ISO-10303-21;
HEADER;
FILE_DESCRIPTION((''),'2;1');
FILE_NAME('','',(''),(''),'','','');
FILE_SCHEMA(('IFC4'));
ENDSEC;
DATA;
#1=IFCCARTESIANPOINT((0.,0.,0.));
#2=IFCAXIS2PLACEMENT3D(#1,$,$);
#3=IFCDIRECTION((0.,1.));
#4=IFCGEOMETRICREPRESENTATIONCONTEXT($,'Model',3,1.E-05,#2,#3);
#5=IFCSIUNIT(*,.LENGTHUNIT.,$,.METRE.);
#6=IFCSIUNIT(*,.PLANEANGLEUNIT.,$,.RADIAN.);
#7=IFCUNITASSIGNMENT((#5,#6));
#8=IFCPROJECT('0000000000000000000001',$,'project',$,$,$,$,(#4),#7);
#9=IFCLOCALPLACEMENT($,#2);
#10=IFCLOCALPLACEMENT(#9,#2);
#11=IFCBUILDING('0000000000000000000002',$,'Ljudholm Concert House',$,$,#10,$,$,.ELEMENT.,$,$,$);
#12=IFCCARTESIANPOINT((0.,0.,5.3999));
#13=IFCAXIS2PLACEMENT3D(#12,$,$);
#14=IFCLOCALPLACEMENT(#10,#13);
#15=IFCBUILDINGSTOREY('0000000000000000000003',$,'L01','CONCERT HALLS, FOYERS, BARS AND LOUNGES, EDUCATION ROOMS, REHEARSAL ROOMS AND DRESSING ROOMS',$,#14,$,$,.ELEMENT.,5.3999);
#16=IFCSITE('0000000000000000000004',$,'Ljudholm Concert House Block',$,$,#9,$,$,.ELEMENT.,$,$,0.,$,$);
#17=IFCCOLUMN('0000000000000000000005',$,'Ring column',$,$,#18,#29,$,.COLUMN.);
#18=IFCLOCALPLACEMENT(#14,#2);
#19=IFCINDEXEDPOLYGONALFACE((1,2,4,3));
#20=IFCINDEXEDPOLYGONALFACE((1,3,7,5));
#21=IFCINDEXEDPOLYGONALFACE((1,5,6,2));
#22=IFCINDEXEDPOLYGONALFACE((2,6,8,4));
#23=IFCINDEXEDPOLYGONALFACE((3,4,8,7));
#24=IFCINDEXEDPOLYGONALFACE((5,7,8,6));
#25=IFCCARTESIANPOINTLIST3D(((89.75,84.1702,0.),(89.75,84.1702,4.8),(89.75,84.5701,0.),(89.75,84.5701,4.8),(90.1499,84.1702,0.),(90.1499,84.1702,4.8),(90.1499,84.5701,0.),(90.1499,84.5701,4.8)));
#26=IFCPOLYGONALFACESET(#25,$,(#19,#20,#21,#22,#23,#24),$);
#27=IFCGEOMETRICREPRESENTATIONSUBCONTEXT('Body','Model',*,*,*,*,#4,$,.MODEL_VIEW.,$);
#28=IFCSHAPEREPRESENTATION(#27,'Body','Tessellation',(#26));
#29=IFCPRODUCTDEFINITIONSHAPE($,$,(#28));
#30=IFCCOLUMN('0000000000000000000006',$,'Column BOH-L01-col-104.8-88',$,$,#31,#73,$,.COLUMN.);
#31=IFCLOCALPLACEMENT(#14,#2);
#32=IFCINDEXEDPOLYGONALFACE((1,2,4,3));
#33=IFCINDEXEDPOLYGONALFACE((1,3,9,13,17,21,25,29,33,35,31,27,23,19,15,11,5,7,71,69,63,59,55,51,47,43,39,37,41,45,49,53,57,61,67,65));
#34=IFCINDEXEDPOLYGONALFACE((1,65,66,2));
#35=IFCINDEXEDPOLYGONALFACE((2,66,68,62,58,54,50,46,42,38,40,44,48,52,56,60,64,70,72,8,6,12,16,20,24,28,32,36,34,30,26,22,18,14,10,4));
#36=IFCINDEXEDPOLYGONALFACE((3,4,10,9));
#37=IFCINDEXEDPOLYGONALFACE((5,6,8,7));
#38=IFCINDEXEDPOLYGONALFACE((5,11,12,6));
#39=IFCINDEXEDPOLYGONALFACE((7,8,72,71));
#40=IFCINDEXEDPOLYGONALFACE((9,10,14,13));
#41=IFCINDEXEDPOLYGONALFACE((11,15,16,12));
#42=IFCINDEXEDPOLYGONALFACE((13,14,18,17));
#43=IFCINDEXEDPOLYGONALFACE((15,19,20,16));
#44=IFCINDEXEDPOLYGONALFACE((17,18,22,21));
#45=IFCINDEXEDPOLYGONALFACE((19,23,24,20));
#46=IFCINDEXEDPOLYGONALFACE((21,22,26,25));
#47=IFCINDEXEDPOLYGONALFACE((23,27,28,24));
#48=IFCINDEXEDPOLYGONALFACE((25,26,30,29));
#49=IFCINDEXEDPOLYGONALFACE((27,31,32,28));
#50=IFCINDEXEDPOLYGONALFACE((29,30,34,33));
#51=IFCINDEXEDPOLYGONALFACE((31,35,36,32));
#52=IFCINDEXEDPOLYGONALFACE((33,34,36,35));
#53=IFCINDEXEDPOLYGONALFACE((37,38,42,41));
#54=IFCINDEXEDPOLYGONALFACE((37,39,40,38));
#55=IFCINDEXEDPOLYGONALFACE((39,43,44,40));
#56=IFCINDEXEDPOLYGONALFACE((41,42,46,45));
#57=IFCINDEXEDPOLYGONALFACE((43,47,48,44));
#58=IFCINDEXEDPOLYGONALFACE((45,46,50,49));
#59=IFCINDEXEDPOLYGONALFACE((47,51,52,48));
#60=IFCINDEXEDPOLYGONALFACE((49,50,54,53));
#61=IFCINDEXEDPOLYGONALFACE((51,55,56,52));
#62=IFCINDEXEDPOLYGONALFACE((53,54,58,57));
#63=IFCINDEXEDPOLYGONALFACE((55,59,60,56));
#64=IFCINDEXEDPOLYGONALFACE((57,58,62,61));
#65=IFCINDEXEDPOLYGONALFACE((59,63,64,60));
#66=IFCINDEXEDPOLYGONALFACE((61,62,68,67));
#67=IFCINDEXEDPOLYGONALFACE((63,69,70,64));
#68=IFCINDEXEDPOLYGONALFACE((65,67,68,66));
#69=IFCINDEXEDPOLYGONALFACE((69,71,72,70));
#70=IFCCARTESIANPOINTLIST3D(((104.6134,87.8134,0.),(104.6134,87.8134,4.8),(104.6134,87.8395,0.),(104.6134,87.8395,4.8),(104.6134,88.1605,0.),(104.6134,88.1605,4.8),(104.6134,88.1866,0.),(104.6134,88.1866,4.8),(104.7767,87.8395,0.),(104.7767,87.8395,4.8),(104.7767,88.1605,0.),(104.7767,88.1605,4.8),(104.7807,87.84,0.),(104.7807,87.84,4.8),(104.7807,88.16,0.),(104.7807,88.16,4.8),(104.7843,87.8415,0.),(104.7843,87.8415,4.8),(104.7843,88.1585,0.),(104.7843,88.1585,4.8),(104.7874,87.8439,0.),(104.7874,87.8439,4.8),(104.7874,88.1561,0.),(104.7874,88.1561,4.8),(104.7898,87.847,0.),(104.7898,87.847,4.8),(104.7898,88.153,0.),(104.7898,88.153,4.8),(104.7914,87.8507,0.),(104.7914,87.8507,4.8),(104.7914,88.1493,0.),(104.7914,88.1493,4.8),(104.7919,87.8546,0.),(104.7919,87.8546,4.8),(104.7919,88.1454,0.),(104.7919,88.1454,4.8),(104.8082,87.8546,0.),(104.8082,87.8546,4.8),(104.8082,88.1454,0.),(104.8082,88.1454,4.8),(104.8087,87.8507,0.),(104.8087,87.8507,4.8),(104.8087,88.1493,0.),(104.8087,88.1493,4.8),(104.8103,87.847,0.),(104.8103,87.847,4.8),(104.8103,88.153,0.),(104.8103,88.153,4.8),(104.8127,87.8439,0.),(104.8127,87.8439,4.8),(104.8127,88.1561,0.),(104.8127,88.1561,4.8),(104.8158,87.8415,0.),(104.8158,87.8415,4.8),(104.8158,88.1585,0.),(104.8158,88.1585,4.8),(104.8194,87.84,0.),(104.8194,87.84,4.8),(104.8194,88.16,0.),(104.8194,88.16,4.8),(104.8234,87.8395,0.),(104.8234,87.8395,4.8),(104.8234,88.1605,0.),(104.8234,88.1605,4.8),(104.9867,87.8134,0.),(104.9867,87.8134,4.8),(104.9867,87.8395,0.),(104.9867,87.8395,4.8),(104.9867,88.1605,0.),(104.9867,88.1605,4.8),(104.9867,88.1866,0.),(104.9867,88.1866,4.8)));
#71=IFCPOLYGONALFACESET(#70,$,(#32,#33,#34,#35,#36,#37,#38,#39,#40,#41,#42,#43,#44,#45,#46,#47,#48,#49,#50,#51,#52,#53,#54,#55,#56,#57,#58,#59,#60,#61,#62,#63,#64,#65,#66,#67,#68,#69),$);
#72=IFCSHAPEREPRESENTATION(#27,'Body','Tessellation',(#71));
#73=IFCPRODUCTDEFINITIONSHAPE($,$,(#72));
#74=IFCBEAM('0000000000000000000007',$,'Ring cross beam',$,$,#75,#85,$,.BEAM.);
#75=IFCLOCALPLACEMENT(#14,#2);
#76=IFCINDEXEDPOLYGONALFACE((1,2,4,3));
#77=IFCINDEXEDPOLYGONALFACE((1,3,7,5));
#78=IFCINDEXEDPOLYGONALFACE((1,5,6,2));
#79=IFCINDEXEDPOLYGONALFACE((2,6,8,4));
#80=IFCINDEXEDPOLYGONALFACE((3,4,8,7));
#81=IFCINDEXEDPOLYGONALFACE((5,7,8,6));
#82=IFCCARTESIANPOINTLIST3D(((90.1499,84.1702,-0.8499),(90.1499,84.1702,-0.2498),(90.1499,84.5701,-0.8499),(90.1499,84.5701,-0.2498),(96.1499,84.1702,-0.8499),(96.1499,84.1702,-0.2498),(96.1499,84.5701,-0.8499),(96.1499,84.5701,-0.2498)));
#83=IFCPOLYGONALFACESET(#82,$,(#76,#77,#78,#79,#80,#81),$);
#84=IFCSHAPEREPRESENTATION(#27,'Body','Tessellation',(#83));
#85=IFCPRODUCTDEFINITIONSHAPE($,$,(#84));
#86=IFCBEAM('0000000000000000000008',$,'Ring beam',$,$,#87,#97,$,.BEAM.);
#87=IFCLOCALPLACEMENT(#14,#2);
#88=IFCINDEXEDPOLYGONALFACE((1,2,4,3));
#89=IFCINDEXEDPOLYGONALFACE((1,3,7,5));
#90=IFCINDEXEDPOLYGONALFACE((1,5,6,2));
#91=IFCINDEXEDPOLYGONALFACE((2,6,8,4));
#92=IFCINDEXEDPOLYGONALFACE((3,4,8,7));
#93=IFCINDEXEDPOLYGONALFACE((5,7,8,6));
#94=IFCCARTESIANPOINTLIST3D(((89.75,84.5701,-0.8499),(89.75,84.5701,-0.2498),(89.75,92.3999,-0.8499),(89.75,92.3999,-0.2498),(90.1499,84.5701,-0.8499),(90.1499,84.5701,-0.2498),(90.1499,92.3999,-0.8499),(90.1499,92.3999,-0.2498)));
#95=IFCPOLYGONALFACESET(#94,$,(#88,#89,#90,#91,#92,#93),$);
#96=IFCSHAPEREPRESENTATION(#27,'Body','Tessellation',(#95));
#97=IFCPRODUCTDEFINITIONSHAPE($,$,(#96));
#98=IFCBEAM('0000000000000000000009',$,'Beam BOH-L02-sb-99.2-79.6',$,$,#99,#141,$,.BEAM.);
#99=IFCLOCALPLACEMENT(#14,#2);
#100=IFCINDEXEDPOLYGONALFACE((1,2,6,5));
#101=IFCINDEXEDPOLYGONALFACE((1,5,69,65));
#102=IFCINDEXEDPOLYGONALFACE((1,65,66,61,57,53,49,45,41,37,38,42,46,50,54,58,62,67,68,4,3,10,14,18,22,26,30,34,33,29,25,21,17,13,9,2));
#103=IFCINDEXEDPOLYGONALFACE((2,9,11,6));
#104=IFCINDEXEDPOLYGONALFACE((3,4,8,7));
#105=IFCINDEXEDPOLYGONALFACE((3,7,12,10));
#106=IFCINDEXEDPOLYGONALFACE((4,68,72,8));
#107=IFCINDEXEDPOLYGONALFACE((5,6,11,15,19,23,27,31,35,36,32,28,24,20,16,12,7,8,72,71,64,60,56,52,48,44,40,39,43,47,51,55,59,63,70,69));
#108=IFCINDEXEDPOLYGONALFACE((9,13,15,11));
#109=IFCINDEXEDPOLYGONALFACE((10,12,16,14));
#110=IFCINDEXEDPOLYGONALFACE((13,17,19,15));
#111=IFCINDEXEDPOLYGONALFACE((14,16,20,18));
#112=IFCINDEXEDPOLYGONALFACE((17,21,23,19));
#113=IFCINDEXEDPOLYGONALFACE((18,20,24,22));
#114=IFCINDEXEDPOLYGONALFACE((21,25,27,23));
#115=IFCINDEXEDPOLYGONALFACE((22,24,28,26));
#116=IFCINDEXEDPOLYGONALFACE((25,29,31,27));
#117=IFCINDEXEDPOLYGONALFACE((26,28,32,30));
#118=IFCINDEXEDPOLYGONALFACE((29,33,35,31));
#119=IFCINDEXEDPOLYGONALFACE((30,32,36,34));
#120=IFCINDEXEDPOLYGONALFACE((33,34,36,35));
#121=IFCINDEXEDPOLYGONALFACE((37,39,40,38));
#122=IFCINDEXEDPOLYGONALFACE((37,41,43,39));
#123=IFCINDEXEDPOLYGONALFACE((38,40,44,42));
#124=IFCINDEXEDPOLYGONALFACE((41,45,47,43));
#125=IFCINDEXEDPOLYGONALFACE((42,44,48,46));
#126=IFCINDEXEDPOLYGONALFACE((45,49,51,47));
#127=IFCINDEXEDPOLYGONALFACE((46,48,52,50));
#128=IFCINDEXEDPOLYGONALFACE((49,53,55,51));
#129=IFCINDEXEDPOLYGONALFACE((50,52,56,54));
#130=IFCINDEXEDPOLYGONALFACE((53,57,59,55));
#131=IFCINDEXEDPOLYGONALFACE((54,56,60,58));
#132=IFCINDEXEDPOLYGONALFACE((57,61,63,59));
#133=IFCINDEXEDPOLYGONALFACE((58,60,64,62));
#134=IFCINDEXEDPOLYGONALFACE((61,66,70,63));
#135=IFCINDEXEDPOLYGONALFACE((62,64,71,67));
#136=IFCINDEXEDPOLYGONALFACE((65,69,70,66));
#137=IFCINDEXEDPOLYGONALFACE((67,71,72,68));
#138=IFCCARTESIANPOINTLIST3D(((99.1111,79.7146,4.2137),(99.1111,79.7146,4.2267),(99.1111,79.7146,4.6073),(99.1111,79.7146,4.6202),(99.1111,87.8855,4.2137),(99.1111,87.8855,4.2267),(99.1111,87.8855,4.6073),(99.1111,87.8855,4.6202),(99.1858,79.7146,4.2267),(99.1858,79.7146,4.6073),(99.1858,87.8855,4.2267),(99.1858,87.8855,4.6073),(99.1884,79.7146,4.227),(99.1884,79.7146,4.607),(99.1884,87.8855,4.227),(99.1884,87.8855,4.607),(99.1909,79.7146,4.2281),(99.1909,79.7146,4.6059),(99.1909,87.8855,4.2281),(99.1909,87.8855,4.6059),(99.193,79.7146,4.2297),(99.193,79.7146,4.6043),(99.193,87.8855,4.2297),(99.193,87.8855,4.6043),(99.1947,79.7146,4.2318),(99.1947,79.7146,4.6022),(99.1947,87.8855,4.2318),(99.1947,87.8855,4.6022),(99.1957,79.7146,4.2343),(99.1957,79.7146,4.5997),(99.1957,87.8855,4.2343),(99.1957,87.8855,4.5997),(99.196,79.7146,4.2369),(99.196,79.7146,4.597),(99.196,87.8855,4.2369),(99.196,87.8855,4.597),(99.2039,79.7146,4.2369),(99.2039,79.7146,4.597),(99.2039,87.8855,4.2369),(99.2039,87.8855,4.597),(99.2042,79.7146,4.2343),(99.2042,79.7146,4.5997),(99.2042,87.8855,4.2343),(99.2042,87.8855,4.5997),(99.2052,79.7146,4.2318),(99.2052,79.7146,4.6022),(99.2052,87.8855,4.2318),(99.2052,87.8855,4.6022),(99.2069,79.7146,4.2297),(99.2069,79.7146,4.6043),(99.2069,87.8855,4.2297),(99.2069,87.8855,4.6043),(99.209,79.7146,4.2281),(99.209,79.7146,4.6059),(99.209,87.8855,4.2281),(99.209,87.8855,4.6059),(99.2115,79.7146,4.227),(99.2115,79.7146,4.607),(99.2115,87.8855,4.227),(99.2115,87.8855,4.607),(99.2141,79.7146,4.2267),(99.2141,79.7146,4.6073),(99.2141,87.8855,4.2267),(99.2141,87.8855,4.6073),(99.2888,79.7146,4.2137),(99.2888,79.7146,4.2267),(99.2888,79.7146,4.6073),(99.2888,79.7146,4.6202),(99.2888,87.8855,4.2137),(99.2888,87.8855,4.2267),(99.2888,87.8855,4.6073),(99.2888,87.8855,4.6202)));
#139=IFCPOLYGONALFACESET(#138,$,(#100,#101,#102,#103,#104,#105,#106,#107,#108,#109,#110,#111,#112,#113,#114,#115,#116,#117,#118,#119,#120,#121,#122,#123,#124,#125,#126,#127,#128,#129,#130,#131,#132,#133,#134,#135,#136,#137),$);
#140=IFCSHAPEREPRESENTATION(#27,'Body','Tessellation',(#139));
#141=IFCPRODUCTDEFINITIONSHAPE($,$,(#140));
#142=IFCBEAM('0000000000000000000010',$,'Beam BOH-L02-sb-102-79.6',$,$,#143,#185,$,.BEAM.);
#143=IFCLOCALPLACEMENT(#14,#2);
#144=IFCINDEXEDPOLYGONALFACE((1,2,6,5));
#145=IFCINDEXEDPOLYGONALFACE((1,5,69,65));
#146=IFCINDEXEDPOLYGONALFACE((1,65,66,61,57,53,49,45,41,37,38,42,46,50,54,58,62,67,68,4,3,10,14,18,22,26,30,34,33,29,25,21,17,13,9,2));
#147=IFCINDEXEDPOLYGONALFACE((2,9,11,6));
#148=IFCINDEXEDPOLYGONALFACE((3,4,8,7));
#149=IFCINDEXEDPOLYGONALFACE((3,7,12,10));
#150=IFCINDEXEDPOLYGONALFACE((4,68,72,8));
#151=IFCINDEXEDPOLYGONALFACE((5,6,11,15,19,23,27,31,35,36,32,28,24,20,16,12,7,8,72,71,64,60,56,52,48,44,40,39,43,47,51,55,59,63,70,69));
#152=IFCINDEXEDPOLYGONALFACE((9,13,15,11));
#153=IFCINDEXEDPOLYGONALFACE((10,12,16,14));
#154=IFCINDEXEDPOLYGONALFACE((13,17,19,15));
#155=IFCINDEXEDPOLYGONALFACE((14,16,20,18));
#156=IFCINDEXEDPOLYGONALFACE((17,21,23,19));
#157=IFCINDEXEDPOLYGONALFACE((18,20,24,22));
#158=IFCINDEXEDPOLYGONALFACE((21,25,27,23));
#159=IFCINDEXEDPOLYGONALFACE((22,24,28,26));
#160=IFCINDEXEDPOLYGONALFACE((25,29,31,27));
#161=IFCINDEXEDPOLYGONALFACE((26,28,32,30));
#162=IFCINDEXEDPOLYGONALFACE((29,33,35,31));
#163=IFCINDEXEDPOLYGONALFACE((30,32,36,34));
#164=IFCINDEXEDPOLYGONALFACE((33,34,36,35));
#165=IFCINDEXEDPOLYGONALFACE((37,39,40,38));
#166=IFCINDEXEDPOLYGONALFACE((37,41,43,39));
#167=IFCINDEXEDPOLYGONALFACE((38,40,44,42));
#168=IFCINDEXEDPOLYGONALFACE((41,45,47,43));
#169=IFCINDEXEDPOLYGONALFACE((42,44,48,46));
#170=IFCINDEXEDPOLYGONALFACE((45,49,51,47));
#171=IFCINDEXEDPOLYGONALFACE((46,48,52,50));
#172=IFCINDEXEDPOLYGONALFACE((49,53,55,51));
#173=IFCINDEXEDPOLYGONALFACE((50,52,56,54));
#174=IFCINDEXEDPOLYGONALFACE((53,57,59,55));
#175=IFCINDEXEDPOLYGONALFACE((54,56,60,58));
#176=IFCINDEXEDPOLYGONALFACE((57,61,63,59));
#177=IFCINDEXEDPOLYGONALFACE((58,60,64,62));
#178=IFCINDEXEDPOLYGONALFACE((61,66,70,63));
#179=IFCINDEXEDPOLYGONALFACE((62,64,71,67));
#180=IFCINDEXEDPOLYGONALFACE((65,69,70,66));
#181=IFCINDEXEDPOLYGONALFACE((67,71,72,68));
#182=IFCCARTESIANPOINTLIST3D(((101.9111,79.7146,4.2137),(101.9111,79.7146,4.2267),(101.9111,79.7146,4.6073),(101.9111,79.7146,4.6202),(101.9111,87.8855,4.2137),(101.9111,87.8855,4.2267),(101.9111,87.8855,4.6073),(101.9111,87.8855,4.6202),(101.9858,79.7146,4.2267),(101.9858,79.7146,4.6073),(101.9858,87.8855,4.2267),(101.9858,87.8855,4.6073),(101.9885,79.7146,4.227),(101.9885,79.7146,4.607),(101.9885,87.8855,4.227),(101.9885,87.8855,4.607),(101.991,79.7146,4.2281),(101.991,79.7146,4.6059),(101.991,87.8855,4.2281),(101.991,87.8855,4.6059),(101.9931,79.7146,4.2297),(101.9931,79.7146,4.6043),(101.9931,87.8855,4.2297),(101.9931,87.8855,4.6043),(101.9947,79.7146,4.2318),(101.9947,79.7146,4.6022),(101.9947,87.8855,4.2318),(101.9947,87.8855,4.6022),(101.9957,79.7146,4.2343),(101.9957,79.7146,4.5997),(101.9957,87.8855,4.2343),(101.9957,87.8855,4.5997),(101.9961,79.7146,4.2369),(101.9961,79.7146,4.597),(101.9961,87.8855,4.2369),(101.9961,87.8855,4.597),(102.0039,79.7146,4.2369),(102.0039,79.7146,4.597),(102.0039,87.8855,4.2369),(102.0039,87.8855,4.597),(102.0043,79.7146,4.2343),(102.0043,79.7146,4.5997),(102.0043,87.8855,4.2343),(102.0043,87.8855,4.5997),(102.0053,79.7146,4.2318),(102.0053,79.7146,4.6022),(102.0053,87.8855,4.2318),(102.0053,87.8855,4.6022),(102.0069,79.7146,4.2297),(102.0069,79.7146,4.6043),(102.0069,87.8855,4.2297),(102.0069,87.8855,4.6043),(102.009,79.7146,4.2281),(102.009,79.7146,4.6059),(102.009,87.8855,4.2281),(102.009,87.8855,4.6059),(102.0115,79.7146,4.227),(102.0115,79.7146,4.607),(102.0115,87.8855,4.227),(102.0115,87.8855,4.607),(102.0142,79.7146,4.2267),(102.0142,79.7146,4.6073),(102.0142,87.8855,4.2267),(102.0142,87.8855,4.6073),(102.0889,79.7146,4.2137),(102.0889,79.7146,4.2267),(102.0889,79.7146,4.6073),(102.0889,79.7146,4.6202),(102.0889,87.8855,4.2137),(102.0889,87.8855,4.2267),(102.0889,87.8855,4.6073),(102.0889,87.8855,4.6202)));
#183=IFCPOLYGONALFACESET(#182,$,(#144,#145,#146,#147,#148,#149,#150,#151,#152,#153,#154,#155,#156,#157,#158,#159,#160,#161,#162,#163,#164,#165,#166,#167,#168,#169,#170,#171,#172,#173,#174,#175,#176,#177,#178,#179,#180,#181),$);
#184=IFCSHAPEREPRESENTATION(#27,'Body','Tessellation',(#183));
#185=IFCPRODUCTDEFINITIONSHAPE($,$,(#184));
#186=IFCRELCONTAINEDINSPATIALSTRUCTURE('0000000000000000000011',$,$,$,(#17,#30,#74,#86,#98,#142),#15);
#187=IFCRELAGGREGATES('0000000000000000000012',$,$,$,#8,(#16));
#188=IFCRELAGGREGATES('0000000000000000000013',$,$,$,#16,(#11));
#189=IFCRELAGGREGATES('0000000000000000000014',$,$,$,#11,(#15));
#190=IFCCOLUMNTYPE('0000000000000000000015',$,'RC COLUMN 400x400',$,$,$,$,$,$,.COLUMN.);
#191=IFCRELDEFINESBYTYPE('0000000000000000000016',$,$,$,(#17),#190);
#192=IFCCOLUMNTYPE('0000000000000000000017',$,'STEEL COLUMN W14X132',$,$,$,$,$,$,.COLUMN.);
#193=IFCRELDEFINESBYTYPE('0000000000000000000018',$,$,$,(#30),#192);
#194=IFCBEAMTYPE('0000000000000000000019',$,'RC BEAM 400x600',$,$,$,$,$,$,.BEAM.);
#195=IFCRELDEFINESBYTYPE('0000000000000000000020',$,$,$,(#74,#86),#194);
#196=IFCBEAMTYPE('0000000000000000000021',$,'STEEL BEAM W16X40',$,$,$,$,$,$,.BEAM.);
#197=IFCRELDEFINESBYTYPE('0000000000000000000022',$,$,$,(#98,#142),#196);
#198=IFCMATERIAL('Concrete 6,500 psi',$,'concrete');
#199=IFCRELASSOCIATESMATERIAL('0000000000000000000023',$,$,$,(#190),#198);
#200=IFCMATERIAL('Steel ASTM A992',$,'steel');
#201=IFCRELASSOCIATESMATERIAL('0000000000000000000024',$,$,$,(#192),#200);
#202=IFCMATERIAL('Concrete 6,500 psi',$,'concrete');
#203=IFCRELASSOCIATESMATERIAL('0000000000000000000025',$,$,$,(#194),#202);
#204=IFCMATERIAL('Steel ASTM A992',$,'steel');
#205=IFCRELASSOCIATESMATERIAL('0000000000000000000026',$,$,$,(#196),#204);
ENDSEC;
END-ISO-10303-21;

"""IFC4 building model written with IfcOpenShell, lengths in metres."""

from ifc_helpers import new_model, si_unit, direction, frame, origin, origin_2d, place, context, subcontext, project, spatial, rectangle, i_section, extrude, material, material_profile, profile_set, type_object, element, save


model = new_model("IFC4")

# Units and contexts
model_context = context("Model", 3, precision=1e-05, world=origin(), true_north=direction((0.0, 1.0)))
body_context = subcontext(model_context, "Body", "Model", "MODEL_VIEW")
ifc_project = project(units=[si_unit("LENGTHUNIT", "METRE"), si_unit("PLANEANGLEUNIT", "RADIAN")], contexts=[model_context])

# Site, building, storey
site_placement = place(None, origin())
site = spatial("IfcSite", under=ifc_project, at=site_placement, Name="Ljudholm Concert House Block", CompositionType="ELEMENT", RefElevation=0.0)
building_placement = place(site_placement, origin())
building = spatial("IfcBuilding", under=site, at=building_placement, Name="Ljudholm Concert House", CompositionType="ELEMENT")
storey_placement = place(building_placement, frame((0.0, 0.0, 5.3999)))
storey = spatial("IfcBuildingStorey", under=building, at=storey_placement, Name="L01", Description="CONCERT HALLS, FOYERS, BARS AND LOUNGES, EDUCATION ROOMS, REHEARSAL ROOMS AND DRESSING ROOMS", CompositionType="ELEMENT", Elevation=5.3999)

# Columns
ifc_material_1 = material(Name="Concrete 6,500 psi", Category="concrete")
ifc_material_profile_1 = material_profile(ifc_material_1, rectangle(XDim=0.3999, YDim=0.3999, at=origin_2d()), Name="RC COLUMN 400x400")
ifc_profile_set_1 = profile_set([ifc_material_profile_1], Name="Concrete 6,500 psi")
column_type_1 = type_object("IfcColumnType", Name="RC COLUMN 400x400", PredefinedType="COLUMN", material=ifc_profile_set_1)
column_1_placement = place(storey_placement, frame((89.95, 84.3701, 0.0), z_axis=(0.0, 0.0, 1.0), x_axis=(1.0, 0.0, 0.0)))
element("IfcColumn", 1, at=column_1_placement, inside=storey, type_object=column_type_1, Name="Ring column", PredefinedType="COLUMN", context=body_context, shape_type="SweptSolid", body=[
    extrude(rectangle(XDim=0.3999, YDim=0.3999, at=origin_2d()), origin(), (0.0, 0.0, 1.0), 4.8),
])
ifc_material_2 = material(Name="Steel ASTM A992", Category="steel")
ifc_material_profile_2 = material_profile(ifc_material_2, i_section(OverallWidth=0.3733, OverallDepth=0.3733, WebThickness=0.0164, FlangeThickness=0.0261, FilletRadius=0.0151, at=origin_2d()), Name="W14X132")
ifc_profile_set_2 = profile_set([ifc_material_profile_2], Name="Steel ASTM A992")
column_type_2 = type_object("IfcColumnType", Name="STEEL COLUMN W14X132", PredefinedType="COLUMN", material=ifc_profile_set_2)
column_2_placement = place(storey_placement, frame((104.8, 88.0, 0.0), z_axis=(0.0, 0.0, 1.0), x_axis=(1.0, 0.0, 0.0)))
element("IfcColumn", 2, at=column_2_placement, inside=storey, type_object=column_type_2, Name="Column BOH-L01-col-104.8-88", PredefinedType="COLUMN", context=body_context, shape_type="SweptSolid", body=[
    extrude(i_section(OverallWidth=0.3733, OverallDepth=0.3733, WebThickness=0.0164, FlangeThickness=0.0261, FilletRadius=0.0151, at=origin_2d()), origin(), (0.0, 0.0, 1.0), 4.8),
])

# Beams
ifc_material_3 = material(Name="Concrete 6,500 psi", Category="concrete")
ifc_material_profile_3 = material_profile(ifc_material_3, rectangle(XDim=0.3999, YDim=0.6001, at=origin_2d()), Name="RC BEAM 400x600")
ifc_profile_set_3 = profile_set([ifc_material_profile_3], Name="Concrete 6,500 psi")
beam_type_1 = type_object("IfcBeamType", Name="RC BEAM 400x600", PredefinedType="BEAM", material=ifc_profile_set_3)
beam_1_placement = place(storey_placement, frame((90.1499, 84.3701, -0.5498), z_axis=(1.0, 0.0, 0.0), x_axis=(0.0, 1.0, 0.0)))
element("IfcBeam", 3, at=beam_1_placement, inside=storey, type_object=beam_type_1, Name="Ring cross beam", PredefinedType="BEAM", context=body_context, shape_type="SweptSolid", body=[
    extrude(rectangle(XDim=0.3999, YDim=0.6001, at=origin_2d()), origin(), (0.0, 0.0, 1.0), 6.0),
])
beam_2_placement = place(storey_placement, frame((89.95, 84.5701, -0.5498), z_axis=(0.0, 1.0, 0.0), x_axis=(-1.0, 0.0, 0.0)))
element("IfcBeam", 4, at=beam_2_placement, inside=storey, type_object=beam_type_1, Name="Ring beam", PredefinedType="BEAM", context=body_context, shape_type="SweptSolid", body=[
    extrude(rectangle(XDim=0.3999, YDim=0.6001, at=origin_2d()), origin(), (0.0, 0.0, 1.0), 7.8298),
])
ifc_material_4 = material(Name="Steel ASTM A992", Category="steel")
ifc_material_profile_4 = material_profile(ifc_material_4, i_section(OverallWidth=0.1777, OverallDepth=0.4065, WebThickness=0.0078, FlangeThickness=0.0129, FilletRadius=0.0103, at=origin_2d()), Name="W16X40")
ifc_profile_set_4 = profile_set([ifc_material_profile_4], Name="Steel ASTM A992")
beam_type_2 = type_object("IfcBeamType", Name="STEEL BEAM W16X40", PredefinedType="BEAM", material=ifc_profile_set_4)
for number, where, z_axis, x_axis, name in (
    (5, (99.2, 79.7146, 4.417), (0.0, 1.0, 0.0), (-1.0, 0.0, 0.0), "Beam BOH-L02-sb-99.2-79.6"),
    (6, (102.0, 79.7146, 4.417), (0.0, 1.0, 0.0), (-1.0, 0.0, 0.0), "Beam BOH-L02-sb-102-79.6"),
):
    element("IfcBeam", number, at=place(storey_placement, frame(where, z_axis=z_axis, x_axis=x_axis)), inside=storey, type_object=beam_type_2, Name=name, PredefinedType="BEAM", context=body_context, shape_type="SweptSolid", body=[
        extrude(i_section(OverallWidth=0.1777, OverallDepth=0.4065, WebThickness=0.0078, FlangeThickness=0.0129, FilletRadius=0.0103, at=origin_2d()), origin(), (0.0, 0.0, 1.0), 8.1709),
    ])

save(model, "model.ifc")
